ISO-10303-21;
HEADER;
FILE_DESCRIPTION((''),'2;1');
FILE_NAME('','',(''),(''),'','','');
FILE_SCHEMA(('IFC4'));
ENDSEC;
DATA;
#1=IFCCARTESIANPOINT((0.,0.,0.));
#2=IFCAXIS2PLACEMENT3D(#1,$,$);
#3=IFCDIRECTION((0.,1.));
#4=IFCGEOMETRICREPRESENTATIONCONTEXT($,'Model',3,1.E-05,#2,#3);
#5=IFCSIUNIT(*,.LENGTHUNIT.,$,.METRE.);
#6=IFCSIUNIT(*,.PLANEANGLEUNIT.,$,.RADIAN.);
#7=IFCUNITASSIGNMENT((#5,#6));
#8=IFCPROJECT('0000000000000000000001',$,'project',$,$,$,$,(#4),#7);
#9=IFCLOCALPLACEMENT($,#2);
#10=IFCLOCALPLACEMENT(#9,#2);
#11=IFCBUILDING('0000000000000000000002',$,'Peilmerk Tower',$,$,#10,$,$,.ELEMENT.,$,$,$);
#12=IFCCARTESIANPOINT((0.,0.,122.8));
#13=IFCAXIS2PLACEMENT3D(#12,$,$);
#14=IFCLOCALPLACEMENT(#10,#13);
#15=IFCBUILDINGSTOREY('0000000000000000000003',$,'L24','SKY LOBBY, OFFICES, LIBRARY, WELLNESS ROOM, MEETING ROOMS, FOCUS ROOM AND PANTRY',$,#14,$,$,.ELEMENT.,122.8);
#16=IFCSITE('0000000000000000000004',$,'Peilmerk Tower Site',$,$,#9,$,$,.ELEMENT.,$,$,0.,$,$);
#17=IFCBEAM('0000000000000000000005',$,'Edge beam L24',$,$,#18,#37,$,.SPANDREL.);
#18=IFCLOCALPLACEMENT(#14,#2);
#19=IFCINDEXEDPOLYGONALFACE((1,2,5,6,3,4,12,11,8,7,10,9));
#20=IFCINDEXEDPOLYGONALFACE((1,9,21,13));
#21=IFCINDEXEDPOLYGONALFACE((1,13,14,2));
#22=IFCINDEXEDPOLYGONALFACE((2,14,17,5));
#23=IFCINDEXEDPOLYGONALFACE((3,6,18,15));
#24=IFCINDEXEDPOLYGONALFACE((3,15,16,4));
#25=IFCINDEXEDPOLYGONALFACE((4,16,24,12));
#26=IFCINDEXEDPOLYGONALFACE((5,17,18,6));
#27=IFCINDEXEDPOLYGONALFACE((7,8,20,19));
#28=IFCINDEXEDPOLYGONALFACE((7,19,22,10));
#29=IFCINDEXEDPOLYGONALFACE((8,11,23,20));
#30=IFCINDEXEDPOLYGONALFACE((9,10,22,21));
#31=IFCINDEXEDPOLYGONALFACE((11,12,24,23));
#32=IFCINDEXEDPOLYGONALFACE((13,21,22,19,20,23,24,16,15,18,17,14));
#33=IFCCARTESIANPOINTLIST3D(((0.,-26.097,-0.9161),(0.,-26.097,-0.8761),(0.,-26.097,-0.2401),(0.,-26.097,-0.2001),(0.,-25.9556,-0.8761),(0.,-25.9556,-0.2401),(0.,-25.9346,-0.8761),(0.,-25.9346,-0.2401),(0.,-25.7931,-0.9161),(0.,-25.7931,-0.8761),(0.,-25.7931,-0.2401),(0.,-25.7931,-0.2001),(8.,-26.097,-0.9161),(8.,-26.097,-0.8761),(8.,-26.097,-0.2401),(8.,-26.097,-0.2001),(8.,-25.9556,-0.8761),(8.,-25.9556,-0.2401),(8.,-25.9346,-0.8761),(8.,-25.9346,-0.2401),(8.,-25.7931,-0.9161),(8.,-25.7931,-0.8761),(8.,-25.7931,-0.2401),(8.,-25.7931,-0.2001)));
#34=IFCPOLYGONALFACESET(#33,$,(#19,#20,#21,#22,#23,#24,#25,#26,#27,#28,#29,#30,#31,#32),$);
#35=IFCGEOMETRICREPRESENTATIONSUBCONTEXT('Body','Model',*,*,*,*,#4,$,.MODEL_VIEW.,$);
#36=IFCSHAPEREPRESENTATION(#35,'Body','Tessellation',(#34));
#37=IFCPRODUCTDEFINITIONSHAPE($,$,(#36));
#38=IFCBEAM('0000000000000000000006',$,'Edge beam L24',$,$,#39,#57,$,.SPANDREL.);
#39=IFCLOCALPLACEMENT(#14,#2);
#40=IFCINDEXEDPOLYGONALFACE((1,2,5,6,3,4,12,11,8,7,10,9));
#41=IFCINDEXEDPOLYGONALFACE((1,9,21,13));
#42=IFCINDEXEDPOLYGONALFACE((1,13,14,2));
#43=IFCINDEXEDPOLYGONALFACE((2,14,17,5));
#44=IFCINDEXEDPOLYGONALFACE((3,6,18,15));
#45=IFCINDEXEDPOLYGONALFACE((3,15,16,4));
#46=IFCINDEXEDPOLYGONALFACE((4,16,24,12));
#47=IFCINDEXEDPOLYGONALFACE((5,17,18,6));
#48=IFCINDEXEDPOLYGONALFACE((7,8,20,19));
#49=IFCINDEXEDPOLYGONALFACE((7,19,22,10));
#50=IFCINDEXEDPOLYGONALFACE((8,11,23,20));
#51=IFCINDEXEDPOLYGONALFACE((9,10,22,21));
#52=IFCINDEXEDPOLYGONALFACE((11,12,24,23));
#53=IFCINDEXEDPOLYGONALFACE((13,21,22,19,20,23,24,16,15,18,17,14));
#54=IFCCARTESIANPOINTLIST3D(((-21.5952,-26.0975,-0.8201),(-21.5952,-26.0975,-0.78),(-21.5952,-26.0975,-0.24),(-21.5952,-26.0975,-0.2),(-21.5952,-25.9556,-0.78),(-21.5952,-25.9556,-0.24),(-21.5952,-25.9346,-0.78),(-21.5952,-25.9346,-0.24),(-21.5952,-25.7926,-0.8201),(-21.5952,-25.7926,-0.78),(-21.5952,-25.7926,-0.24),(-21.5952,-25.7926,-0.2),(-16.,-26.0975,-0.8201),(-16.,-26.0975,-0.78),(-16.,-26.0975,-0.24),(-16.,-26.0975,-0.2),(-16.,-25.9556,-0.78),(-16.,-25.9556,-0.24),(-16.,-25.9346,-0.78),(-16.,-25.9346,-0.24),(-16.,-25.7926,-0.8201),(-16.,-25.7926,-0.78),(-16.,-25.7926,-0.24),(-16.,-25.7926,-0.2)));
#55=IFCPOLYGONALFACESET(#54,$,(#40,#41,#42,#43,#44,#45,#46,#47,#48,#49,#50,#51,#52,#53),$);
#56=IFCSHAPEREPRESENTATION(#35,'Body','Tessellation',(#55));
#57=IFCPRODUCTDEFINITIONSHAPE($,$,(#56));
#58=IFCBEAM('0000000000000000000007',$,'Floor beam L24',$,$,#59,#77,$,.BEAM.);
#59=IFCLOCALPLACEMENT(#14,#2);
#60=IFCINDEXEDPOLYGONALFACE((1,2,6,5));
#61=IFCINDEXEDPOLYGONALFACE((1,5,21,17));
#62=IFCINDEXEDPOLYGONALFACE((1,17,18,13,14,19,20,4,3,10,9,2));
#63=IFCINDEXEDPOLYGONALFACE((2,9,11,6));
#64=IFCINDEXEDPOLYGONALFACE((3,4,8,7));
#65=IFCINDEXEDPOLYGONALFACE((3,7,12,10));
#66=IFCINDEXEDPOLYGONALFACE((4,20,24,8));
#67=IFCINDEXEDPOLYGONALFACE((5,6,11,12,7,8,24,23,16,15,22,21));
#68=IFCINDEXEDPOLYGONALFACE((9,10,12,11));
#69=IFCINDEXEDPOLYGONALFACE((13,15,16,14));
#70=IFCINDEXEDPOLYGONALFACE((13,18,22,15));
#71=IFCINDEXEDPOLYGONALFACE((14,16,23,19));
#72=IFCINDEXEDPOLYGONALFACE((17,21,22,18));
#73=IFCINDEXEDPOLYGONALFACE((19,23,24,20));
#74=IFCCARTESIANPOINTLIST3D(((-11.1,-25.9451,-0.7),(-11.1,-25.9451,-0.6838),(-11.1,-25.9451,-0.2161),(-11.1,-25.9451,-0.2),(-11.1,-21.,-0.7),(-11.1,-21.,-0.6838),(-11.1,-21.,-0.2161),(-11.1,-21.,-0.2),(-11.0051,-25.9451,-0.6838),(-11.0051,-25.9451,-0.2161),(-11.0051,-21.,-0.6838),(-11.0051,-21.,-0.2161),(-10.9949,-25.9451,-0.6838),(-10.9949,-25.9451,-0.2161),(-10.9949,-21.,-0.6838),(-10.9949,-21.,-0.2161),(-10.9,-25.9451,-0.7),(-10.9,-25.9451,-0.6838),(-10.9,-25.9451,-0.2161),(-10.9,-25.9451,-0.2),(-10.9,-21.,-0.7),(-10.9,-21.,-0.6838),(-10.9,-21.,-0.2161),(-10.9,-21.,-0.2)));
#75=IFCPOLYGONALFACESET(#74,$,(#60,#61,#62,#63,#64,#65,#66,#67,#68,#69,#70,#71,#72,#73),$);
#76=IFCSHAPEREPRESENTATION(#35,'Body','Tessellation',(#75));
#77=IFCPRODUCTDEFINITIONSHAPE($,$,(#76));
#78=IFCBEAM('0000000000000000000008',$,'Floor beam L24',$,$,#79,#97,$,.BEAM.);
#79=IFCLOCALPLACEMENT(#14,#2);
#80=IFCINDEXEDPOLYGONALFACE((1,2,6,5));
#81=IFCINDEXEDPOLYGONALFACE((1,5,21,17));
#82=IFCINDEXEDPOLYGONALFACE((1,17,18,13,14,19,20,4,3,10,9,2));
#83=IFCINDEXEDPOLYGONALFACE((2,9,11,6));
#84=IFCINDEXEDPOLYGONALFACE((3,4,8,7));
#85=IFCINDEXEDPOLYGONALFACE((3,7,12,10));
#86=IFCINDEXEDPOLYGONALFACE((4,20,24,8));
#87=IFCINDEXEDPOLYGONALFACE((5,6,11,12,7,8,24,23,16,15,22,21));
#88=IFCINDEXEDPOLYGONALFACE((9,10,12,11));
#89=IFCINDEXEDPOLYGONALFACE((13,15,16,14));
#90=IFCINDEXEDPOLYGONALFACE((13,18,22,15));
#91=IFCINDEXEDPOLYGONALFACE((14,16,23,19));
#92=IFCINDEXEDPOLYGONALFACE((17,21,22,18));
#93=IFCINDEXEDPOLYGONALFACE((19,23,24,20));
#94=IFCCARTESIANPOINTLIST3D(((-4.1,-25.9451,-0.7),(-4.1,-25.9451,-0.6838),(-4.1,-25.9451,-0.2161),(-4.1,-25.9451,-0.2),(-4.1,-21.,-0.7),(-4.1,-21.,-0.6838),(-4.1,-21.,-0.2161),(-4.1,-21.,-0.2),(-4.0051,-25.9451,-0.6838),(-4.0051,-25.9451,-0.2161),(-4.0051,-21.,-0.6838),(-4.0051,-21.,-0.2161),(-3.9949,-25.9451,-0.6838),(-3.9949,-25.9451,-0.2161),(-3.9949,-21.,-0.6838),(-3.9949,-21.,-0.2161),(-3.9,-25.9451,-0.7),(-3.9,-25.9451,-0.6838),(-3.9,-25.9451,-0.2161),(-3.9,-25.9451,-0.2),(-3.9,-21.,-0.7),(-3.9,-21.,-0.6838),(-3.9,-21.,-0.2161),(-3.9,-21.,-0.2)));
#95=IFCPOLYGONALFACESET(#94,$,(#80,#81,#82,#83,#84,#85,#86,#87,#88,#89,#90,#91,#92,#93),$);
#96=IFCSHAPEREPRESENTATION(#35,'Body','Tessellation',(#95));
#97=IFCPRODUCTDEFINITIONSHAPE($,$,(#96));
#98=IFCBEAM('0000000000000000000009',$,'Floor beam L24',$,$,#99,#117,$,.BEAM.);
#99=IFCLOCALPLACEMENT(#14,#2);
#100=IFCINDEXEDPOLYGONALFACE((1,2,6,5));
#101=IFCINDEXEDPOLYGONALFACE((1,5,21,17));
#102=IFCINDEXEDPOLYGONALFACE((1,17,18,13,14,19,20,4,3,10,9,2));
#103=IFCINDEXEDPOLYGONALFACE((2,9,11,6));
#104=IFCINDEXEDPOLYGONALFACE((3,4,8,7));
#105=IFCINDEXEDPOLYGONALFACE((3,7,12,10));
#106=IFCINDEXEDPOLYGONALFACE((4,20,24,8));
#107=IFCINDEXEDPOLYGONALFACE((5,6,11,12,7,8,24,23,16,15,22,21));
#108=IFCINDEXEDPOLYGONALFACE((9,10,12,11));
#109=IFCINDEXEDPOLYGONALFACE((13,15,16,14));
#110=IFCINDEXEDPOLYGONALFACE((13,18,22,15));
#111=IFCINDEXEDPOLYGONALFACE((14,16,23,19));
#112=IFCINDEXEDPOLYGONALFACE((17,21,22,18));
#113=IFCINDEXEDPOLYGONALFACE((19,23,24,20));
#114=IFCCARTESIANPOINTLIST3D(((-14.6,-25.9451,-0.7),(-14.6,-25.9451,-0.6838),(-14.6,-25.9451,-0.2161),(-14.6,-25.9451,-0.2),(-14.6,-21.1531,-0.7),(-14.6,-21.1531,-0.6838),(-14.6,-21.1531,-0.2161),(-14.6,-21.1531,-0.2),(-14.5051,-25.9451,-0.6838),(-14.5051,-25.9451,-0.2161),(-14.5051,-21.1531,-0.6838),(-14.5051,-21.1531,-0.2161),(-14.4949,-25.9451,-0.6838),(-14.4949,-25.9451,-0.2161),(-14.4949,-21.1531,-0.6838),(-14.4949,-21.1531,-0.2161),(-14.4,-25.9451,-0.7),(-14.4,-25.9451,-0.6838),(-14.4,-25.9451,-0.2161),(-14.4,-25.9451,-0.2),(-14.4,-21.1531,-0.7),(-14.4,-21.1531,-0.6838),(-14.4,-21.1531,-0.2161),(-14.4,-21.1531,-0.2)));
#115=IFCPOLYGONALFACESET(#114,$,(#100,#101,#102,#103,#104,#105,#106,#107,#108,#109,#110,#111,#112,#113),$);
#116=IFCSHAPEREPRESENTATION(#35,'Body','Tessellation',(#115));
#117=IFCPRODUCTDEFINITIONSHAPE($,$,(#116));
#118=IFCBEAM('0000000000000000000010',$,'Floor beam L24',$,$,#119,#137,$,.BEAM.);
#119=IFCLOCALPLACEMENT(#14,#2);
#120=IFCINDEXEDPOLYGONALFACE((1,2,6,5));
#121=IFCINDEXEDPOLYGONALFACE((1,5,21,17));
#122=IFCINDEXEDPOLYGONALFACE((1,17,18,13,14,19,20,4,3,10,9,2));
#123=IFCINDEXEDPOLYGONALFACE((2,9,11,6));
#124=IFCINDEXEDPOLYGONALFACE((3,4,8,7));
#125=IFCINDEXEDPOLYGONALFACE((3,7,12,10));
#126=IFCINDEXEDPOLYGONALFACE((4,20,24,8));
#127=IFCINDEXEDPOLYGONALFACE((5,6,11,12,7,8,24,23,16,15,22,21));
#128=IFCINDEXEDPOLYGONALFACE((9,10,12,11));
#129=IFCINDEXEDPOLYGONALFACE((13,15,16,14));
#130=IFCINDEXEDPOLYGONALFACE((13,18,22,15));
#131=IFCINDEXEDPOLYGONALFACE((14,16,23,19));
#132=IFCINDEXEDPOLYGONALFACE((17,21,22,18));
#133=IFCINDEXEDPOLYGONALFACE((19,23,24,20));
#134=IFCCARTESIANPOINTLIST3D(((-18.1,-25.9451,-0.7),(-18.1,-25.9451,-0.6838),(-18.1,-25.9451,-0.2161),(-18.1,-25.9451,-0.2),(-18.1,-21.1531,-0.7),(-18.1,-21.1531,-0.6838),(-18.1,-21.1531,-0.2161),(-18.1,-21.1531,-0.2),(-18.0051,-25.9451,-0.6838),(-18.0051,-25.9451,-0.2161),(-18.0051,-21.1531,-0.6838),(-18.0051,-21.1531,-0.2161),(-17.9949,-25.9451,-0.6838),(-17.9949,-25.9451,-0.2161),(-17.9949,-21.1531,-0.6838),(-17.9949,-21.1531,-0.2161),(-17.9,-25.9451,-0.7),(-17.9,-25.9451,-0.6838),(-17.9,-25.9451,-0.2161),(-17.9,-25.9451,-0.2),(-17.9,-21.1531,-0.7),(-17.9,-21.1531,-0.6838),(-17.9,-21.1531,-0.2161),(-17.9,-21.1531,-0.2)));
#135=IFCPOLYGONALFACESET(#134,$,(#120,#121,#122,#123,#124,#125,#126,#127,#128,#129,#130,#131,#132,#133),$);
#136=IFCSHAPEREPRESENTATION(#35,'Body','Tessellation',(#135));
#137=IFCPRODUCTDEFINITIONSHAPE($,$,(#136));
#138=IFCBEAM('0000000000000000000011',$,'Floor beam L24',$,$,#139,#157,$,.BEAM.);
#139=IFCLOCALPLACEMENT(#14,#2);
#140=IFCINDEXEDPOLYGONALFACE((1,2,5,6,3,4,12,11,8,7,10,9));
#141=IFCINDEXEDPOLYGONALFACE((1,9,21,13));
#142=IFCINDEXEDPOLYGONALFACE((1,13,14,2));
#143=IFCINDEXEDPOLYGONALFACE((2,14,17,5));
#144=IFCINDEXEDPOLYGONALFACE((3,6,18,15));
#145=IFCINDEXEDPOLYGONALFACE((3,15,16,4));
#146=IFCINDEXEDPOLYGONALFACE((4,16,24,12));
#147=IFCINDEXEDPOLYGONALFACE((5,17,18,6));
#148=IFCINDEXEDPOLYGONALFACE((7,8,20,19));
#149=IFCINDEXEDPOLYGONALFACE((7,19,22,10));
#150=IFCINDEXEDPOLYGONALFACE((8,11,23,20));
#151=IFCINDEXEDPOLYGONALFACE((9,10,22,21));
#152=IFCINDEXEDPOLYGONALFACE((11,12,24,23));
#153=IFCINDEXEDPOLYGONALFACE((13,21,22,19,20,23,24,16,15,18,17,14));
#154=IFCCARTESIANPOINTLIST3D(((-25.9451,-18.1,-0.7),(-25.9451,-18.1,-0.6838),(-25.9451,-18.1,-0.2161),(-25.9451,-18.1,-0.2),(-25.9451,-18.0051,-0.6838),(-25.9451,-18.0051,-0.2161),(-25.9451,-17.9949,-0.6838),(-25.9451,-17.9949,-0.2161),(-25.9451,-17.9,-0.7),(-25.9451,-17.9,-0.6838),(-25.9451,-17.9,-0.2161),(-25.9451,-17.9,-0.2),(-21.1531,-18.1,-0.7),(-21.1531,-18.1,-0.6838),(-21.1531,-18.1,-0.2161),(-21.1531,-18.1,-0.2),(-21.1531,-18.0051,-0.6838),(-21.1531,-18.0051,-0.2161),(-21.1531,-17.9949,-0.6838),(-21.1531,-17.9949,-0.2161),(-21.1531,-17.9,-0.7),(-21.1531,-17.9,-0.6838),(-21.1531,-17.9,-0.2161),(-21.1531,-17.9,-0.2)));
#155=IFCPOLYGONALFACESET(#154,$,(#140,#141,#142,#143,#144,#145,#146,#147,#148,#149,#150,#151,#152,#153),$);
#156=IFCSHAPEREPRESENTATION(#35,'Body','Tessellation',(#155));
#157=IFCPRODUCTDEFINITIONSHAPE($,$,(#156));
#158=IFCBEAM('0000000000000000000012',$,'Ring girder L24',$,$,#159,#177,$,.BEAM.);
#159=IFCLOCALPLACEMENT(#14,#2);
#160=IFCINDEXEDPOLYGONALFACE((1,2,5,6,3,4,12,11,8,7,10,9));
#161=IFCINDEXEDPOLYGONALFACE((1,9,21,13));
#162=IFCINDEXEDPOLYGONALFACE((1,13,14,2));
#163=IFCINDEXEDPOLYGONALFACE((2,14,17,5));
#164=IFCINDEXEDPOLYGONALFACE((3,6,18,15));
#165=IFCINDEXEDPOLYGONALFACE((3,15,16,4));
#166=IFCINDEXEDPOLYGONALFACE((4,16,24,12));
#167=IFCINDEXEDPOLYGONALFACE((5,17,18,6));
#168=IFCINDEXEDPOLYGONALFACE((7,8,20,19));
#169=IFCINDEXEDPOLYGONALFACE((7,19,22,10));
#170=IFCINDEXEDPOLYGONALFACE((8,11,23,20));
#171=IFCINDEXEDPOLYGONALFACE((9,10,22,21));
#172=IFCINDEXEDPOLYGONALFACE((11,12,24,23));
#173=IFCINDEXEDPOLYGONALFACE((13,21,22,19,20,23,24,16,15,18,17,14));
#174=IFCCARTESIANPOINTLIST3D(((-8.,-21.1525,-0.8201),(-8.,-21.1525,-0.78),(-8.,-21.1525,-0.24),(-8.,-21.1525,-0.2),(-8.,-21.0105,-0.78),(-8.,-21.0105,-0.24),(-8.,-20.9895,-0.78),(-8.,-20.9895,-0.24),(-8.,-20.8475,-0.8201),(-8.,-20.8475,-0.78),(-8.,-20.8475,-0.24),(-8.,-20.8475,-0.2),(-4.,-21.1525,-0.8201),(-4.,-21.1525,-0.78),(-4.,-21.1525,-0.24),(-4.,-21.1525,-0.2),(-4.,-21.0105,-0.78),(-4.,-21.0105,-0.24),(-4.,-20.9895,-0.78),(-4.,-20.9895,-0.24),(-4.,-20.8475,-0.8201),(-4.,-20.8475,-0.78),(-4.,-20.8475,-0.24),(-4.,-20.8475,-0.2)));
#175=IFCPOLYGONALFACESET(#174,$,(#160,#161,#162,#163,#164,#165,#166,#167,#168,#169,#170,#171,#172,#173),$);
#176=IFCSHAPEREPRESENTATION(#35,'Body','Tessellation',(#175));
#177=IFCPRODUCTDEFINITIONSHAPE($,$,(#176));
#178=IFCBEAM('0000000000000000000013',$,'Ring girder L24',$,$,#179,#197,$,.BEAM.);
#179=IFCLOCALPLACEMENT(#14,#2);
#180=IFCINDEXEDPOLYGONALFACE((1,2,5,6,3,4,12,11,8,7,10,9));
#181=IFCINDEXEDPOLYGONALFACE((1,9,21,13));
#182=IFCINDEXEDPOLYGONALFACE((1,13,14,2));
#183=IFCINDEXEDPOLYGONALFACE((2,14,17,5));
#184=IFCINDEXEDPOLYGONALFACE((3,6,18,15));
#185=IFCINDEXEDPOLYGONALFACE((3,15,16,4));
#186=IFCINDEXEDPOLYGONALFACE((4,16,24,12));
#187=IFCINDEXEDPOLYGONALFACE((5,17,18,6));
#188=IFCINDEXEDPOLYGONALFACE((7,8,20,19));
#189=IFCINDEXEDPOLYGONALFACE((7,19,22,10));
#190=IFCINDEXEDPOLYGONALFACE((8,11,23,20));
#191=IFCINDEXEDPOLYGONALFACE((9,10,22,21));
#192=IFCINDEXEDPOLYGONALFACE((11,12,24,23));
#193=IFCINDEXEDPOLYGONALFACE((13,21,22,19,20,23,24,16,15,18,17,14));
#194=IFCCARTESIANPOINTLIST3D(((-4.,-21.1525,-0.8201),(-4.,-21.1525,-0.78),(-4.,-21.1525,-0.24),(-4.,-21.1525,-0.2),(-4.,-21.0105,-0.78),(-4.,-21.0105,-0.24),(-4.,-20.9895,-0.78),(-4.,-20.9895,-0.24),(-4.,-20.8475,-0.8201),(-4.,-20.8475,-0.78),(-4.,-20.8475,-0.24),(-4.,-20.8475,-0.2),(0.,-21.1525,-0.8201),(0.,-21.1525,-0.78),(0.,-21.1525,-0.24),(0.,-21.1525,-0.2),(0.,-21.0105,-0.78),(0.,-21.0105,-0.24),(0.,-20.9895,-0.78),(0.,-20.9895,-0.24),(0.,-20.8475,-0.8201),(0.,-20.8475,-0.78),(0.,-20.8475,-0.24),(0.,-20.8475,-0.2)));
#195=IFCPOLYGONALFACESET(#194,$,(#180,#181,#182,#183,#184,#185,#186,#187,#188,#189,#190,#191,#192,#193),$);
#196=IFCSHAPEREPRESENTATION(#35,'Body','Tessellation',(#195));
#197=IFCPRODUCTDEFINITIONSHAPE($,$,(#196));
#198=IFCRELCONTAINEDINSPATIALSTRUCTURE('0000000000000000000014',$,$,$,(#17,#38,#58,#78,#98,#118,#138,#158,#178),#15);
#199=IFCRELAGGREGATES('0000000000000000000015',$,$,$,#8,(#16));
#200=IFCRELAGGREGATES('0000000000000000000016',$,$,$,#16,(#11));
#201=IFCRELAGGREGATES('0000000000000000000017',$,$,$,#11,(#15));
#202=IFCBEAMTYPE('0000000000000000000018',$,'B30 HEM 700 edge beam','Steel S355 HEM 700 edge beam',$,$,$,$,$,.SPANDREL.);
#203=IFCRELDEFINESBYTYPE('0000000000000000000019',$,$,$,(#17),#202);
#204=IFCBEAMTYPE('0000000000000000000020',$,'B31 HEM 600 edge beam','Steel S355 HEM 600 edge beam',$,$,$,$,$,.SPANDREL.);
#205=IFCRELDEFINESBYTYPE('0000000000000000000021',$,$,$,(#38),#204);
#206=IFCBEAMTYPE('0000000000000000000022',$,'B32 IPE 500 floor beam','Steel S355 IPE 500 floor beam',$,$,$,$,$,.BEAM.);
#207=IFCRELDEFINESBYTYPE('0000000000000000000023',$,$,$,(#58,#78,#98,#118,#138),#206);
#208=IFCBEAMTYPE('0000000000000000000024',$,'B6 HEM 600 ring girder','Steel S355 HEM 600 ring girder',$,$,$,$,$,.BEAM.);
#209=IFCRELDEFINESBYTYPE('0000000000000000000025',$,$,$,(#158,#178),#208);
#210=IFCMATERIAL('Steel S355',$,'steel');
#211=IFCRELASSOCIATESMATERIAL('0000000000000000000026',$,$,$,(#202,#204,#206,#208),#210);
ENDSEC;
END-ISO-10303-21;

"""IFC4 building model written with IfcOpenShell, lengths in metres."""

from ifc_helpers import new_model, si_unit, direction, frame, origin, origin_2d, place, context, subcontext, project, spatial, i_section, extrude, material, material_profile, profile_set, type_object, element, save


model = new_model("IFC4")

# Units and contexts
model_context = context("Model", 3, precision=1e-05, world=origin(), true_north=direction((0.0, 1.0)))
body_context = subcontext(model_context, "Body", "Model", "MODEL_VIEW")
ifc_project = project(units=[si_unit("LENGTHUNIT", "METRE"), si_unit("PLANEANGLEUNIT", "RADIAN")], contexts=[model_context])

# Site, building, storey
site_placement = place(None, origin())
site = spatial("IfcSite", under=ifc_project, at=site_placement, Name="Peilmerk Tower Site", CompositionType="ELEMENT", RefElevation=0.0)
building_placement = place(site_placement, origin())
building = spatial("IfcBuilding", under=site, at=building_placement, Name="Peilmerk Tower", CompositionType="ELEMENT")
storey_placement = place(building_placement, frame((0.0, 0.0, 122.8)))
storey = spatial("IfcBuildingStorey", under=building, at=storey_placement, Name="L24", Description="SKY LOBBY, OFFICES, LIBRARY, WELLNESS ROOM, MEETING ROOMS, FOCUS ROOM AND PANTRY", CompositionType="ELEMENT", Elevation=122.8)

# Beams
ifc_material_1 = material(Name="Steel S355", Category="steel")
ifc_material_profile_1 = material_profile(ifc_material_1, i_section(OverallWidth=0.304, OverallDepth=0.7161, WebThickness=0.021, FlangeThickness=0.04, at=origin_2d()), Name="HEM 700")
ifc_profile_set_1 = profile_set([ifc_material_profile_1], Name="Steel S355")
beam_type_1 = type_object("IfcBeamType", Name="B30 HEM 700 edge beam", Description="Steel S355 HEM 700 edge beam", PredefinedType="SPANDREL", material=ifc_profile_set_1)
for number, where, z_axis, x_axis, name in (
    (1, (0.0, -25.9451, -0.5581), (1.0, 0.0, 0.0), (0.0, 1.0, 0.0), "Edge beam L24"),
):
    element("IfcBeam", number, at=place(storey_placement, frame(where, z_axis=z_axis, x_axis=x_axis)), inside=storey, type_object=beam_type_1, Name=name, PredefinedType="SPANDREL", context=body_context, shape_type="SweptSolid", body=[
        extrude(i_section(OverallWidth=0.304, OverallDepth=0.7161, WebThickness=0.021, FlangeThickness=0.04, at=origin_2d()), origin(), (0.0, 0.0, 1.0), 8.0),
    ])
ifc_material_profile_2 = material_profile(ifc_material_1, i_section(OverallWidth=0.3049, OverallDepth=0.6201, WebThickness=0.021, FlangeThickness=0.04, at=origin_2d()), Name="HEM 600")
ifc_profile_set_2 = profile_set([ifc_material_profile_2], Name="Steel S355")
beam_type_2 = type_object("IfcBeamType", Name="B31 HEM 600 edge beam", Description="Steel S355 HEM 600 edge beam", PredefinedType="SPANDREL", material=ifc_profile_set_2)
beam_1_placement = place(storey_placement, frame((-21.5952, -25.9451, -0.51), z_axis=(1.0, 0.0, 0.0), x_axis=(0.0, 1.0, 0.0)))
element("IfcBeam", 2, at=beam_1_placement, inside=storey, type_object=beam_type_2, Name="Edge beam L24", PredefinedType="SPANDREL", context=body_context, shape_type="SweptSolid", body=[
    extrude(i_section(OverallWidth=0.3049, OverallDepth=0.6201, WebThickness=0.021, FlangeThickness=0.04, at=origin_2d()), origin(), (0.0, 0.0, 1.0), 5.5952),
])
ifc_material_profile_3 = material_profile(ifc_material_1, i_section(OverallWidth=0.2, OverallDepth=0.5, WebThickness=0.0103, FlangeThickness=0.0161, at=origin_2d()), Name="IPE 500")
ifc_profile_set_3 = profile_set([ifc_material_profile_3], Name="Steel S355")
beam_type_3 = type_object("IfcBeamType", Name="B32 IPE 500 floor beam", Description="Steel S355 IPE 500 floor beam", PredefinedType="BEAM", material=ifc_profile_set_3)
for number, where, z_axis, x_axis, name in (
    (3, (-11.0, -21.0, -0.45), (0.0, -1.0, 0.0), (1.0, 0.0, 0.0), "Floor beam L24"),
    (4, (-4.0, -21.0, -0.45), (0.0, -1.0, 0.0), (1.0, 0.0, 0.0), "Floor beam L24"),
):
    element("IfcBeam", number, at=place(storey_placement, frame(where, z_axis=z_axis, x_axis=x_axis)), inside=storey, type_object=beam_type_3, Name=name, PredefinedType="BEAM", context=body_context, shape_type="SweptSolid", body=[
        extrude(i_section(OverallWidth=0.2, OverallDepth=0.5, WebThickness=0.0103, FlangeThickness=0.0161, at=origin_2d()), origin(), (0.0, 0.0, 1.0), 4.9451),
    ])
for number, where, z_axis, x_axis, name in (
    (5, (-14.5, -21.1531, -0.45), (0.0, -1.0, 0.0), (1.0, 0.0, 0.0), "Floor beam L24"),
    (6, (-18.0, -21.1531, -0.45), (0.0, -1.0, 0.0), (1.0, 0.0, 0.0), "Floor beam L24"),
    (7, (-21.1531, -18.0, -0.45), (-1.0, 0.0, 0.0), (0.0, -1.0, 0.0), "Floor beam L24"),
):
    element("IfcBeam", number, at=place(storey_placement, frame(where, z_axis=z_axis, x_axis=x_axis)), inside=storey, type_object=beam_type_3, Name=name, PredefinedType="BEAM", context=body_context, shape_type="SweptSolid", body=[
        extrude(i_section(OverallWidth=0.2, OverallDepth=0.5, WebThickness=0.0103, FlangeThickness=0.0161, at=origin_2d()), origin(), (0.0, 0.0, 1.0), 4.792),
    ])
ifc_material_profile_4 = material_profile(ifc_material_1, i_section(OverallWidth=0.3049, OverallDepth=0.6201, WebThickness=0.021, FlangeThickness=0.04, at=origin_2d()), Name="HEM 600")
ifc_profile_set_4 = profile_set([ifc_material_profile_4], Name="Steel S355")
beam_type_4 = type_object("IfcBeamType", Name="B6 HEM 600 ring girder", Description="Steel S355 HEM 600 ring girder", PredefinedType="BEAM", material=ifc_profile_set_4)
for number, where, z_axis, x_axis, name in (
    (8, (-8.0, -21.0, -0.51), (1.0, 0.0, 0.0), (0.0, 1.0, 0.0), "Ring girder L24"),
    (9, (-4.0, -21.0, -0.51), (1.0, 0.0, 0.0), (0.0, 1.0, 0.0), "Ring girder L24"),
):
    element("IfcBeam", number, at=place(storey_placement, frame(where, z_axis=z_axis, x_axis=x_axis)), inside=storey, type_object=beam_type_4, Name=name, PredefinedType="BEAM", context=body_context, shape_type="SweptSolid", body=[
        extrude(i_section(OverallWidth=0.3049, OverallDepth=0.6201, WebThickness=0.021, FlangeThickness=0.04, at=origin_2d()), origin(), (0.0, 0.0, 1.0), 4.0),
    ])

save(model, "model.ifc")
